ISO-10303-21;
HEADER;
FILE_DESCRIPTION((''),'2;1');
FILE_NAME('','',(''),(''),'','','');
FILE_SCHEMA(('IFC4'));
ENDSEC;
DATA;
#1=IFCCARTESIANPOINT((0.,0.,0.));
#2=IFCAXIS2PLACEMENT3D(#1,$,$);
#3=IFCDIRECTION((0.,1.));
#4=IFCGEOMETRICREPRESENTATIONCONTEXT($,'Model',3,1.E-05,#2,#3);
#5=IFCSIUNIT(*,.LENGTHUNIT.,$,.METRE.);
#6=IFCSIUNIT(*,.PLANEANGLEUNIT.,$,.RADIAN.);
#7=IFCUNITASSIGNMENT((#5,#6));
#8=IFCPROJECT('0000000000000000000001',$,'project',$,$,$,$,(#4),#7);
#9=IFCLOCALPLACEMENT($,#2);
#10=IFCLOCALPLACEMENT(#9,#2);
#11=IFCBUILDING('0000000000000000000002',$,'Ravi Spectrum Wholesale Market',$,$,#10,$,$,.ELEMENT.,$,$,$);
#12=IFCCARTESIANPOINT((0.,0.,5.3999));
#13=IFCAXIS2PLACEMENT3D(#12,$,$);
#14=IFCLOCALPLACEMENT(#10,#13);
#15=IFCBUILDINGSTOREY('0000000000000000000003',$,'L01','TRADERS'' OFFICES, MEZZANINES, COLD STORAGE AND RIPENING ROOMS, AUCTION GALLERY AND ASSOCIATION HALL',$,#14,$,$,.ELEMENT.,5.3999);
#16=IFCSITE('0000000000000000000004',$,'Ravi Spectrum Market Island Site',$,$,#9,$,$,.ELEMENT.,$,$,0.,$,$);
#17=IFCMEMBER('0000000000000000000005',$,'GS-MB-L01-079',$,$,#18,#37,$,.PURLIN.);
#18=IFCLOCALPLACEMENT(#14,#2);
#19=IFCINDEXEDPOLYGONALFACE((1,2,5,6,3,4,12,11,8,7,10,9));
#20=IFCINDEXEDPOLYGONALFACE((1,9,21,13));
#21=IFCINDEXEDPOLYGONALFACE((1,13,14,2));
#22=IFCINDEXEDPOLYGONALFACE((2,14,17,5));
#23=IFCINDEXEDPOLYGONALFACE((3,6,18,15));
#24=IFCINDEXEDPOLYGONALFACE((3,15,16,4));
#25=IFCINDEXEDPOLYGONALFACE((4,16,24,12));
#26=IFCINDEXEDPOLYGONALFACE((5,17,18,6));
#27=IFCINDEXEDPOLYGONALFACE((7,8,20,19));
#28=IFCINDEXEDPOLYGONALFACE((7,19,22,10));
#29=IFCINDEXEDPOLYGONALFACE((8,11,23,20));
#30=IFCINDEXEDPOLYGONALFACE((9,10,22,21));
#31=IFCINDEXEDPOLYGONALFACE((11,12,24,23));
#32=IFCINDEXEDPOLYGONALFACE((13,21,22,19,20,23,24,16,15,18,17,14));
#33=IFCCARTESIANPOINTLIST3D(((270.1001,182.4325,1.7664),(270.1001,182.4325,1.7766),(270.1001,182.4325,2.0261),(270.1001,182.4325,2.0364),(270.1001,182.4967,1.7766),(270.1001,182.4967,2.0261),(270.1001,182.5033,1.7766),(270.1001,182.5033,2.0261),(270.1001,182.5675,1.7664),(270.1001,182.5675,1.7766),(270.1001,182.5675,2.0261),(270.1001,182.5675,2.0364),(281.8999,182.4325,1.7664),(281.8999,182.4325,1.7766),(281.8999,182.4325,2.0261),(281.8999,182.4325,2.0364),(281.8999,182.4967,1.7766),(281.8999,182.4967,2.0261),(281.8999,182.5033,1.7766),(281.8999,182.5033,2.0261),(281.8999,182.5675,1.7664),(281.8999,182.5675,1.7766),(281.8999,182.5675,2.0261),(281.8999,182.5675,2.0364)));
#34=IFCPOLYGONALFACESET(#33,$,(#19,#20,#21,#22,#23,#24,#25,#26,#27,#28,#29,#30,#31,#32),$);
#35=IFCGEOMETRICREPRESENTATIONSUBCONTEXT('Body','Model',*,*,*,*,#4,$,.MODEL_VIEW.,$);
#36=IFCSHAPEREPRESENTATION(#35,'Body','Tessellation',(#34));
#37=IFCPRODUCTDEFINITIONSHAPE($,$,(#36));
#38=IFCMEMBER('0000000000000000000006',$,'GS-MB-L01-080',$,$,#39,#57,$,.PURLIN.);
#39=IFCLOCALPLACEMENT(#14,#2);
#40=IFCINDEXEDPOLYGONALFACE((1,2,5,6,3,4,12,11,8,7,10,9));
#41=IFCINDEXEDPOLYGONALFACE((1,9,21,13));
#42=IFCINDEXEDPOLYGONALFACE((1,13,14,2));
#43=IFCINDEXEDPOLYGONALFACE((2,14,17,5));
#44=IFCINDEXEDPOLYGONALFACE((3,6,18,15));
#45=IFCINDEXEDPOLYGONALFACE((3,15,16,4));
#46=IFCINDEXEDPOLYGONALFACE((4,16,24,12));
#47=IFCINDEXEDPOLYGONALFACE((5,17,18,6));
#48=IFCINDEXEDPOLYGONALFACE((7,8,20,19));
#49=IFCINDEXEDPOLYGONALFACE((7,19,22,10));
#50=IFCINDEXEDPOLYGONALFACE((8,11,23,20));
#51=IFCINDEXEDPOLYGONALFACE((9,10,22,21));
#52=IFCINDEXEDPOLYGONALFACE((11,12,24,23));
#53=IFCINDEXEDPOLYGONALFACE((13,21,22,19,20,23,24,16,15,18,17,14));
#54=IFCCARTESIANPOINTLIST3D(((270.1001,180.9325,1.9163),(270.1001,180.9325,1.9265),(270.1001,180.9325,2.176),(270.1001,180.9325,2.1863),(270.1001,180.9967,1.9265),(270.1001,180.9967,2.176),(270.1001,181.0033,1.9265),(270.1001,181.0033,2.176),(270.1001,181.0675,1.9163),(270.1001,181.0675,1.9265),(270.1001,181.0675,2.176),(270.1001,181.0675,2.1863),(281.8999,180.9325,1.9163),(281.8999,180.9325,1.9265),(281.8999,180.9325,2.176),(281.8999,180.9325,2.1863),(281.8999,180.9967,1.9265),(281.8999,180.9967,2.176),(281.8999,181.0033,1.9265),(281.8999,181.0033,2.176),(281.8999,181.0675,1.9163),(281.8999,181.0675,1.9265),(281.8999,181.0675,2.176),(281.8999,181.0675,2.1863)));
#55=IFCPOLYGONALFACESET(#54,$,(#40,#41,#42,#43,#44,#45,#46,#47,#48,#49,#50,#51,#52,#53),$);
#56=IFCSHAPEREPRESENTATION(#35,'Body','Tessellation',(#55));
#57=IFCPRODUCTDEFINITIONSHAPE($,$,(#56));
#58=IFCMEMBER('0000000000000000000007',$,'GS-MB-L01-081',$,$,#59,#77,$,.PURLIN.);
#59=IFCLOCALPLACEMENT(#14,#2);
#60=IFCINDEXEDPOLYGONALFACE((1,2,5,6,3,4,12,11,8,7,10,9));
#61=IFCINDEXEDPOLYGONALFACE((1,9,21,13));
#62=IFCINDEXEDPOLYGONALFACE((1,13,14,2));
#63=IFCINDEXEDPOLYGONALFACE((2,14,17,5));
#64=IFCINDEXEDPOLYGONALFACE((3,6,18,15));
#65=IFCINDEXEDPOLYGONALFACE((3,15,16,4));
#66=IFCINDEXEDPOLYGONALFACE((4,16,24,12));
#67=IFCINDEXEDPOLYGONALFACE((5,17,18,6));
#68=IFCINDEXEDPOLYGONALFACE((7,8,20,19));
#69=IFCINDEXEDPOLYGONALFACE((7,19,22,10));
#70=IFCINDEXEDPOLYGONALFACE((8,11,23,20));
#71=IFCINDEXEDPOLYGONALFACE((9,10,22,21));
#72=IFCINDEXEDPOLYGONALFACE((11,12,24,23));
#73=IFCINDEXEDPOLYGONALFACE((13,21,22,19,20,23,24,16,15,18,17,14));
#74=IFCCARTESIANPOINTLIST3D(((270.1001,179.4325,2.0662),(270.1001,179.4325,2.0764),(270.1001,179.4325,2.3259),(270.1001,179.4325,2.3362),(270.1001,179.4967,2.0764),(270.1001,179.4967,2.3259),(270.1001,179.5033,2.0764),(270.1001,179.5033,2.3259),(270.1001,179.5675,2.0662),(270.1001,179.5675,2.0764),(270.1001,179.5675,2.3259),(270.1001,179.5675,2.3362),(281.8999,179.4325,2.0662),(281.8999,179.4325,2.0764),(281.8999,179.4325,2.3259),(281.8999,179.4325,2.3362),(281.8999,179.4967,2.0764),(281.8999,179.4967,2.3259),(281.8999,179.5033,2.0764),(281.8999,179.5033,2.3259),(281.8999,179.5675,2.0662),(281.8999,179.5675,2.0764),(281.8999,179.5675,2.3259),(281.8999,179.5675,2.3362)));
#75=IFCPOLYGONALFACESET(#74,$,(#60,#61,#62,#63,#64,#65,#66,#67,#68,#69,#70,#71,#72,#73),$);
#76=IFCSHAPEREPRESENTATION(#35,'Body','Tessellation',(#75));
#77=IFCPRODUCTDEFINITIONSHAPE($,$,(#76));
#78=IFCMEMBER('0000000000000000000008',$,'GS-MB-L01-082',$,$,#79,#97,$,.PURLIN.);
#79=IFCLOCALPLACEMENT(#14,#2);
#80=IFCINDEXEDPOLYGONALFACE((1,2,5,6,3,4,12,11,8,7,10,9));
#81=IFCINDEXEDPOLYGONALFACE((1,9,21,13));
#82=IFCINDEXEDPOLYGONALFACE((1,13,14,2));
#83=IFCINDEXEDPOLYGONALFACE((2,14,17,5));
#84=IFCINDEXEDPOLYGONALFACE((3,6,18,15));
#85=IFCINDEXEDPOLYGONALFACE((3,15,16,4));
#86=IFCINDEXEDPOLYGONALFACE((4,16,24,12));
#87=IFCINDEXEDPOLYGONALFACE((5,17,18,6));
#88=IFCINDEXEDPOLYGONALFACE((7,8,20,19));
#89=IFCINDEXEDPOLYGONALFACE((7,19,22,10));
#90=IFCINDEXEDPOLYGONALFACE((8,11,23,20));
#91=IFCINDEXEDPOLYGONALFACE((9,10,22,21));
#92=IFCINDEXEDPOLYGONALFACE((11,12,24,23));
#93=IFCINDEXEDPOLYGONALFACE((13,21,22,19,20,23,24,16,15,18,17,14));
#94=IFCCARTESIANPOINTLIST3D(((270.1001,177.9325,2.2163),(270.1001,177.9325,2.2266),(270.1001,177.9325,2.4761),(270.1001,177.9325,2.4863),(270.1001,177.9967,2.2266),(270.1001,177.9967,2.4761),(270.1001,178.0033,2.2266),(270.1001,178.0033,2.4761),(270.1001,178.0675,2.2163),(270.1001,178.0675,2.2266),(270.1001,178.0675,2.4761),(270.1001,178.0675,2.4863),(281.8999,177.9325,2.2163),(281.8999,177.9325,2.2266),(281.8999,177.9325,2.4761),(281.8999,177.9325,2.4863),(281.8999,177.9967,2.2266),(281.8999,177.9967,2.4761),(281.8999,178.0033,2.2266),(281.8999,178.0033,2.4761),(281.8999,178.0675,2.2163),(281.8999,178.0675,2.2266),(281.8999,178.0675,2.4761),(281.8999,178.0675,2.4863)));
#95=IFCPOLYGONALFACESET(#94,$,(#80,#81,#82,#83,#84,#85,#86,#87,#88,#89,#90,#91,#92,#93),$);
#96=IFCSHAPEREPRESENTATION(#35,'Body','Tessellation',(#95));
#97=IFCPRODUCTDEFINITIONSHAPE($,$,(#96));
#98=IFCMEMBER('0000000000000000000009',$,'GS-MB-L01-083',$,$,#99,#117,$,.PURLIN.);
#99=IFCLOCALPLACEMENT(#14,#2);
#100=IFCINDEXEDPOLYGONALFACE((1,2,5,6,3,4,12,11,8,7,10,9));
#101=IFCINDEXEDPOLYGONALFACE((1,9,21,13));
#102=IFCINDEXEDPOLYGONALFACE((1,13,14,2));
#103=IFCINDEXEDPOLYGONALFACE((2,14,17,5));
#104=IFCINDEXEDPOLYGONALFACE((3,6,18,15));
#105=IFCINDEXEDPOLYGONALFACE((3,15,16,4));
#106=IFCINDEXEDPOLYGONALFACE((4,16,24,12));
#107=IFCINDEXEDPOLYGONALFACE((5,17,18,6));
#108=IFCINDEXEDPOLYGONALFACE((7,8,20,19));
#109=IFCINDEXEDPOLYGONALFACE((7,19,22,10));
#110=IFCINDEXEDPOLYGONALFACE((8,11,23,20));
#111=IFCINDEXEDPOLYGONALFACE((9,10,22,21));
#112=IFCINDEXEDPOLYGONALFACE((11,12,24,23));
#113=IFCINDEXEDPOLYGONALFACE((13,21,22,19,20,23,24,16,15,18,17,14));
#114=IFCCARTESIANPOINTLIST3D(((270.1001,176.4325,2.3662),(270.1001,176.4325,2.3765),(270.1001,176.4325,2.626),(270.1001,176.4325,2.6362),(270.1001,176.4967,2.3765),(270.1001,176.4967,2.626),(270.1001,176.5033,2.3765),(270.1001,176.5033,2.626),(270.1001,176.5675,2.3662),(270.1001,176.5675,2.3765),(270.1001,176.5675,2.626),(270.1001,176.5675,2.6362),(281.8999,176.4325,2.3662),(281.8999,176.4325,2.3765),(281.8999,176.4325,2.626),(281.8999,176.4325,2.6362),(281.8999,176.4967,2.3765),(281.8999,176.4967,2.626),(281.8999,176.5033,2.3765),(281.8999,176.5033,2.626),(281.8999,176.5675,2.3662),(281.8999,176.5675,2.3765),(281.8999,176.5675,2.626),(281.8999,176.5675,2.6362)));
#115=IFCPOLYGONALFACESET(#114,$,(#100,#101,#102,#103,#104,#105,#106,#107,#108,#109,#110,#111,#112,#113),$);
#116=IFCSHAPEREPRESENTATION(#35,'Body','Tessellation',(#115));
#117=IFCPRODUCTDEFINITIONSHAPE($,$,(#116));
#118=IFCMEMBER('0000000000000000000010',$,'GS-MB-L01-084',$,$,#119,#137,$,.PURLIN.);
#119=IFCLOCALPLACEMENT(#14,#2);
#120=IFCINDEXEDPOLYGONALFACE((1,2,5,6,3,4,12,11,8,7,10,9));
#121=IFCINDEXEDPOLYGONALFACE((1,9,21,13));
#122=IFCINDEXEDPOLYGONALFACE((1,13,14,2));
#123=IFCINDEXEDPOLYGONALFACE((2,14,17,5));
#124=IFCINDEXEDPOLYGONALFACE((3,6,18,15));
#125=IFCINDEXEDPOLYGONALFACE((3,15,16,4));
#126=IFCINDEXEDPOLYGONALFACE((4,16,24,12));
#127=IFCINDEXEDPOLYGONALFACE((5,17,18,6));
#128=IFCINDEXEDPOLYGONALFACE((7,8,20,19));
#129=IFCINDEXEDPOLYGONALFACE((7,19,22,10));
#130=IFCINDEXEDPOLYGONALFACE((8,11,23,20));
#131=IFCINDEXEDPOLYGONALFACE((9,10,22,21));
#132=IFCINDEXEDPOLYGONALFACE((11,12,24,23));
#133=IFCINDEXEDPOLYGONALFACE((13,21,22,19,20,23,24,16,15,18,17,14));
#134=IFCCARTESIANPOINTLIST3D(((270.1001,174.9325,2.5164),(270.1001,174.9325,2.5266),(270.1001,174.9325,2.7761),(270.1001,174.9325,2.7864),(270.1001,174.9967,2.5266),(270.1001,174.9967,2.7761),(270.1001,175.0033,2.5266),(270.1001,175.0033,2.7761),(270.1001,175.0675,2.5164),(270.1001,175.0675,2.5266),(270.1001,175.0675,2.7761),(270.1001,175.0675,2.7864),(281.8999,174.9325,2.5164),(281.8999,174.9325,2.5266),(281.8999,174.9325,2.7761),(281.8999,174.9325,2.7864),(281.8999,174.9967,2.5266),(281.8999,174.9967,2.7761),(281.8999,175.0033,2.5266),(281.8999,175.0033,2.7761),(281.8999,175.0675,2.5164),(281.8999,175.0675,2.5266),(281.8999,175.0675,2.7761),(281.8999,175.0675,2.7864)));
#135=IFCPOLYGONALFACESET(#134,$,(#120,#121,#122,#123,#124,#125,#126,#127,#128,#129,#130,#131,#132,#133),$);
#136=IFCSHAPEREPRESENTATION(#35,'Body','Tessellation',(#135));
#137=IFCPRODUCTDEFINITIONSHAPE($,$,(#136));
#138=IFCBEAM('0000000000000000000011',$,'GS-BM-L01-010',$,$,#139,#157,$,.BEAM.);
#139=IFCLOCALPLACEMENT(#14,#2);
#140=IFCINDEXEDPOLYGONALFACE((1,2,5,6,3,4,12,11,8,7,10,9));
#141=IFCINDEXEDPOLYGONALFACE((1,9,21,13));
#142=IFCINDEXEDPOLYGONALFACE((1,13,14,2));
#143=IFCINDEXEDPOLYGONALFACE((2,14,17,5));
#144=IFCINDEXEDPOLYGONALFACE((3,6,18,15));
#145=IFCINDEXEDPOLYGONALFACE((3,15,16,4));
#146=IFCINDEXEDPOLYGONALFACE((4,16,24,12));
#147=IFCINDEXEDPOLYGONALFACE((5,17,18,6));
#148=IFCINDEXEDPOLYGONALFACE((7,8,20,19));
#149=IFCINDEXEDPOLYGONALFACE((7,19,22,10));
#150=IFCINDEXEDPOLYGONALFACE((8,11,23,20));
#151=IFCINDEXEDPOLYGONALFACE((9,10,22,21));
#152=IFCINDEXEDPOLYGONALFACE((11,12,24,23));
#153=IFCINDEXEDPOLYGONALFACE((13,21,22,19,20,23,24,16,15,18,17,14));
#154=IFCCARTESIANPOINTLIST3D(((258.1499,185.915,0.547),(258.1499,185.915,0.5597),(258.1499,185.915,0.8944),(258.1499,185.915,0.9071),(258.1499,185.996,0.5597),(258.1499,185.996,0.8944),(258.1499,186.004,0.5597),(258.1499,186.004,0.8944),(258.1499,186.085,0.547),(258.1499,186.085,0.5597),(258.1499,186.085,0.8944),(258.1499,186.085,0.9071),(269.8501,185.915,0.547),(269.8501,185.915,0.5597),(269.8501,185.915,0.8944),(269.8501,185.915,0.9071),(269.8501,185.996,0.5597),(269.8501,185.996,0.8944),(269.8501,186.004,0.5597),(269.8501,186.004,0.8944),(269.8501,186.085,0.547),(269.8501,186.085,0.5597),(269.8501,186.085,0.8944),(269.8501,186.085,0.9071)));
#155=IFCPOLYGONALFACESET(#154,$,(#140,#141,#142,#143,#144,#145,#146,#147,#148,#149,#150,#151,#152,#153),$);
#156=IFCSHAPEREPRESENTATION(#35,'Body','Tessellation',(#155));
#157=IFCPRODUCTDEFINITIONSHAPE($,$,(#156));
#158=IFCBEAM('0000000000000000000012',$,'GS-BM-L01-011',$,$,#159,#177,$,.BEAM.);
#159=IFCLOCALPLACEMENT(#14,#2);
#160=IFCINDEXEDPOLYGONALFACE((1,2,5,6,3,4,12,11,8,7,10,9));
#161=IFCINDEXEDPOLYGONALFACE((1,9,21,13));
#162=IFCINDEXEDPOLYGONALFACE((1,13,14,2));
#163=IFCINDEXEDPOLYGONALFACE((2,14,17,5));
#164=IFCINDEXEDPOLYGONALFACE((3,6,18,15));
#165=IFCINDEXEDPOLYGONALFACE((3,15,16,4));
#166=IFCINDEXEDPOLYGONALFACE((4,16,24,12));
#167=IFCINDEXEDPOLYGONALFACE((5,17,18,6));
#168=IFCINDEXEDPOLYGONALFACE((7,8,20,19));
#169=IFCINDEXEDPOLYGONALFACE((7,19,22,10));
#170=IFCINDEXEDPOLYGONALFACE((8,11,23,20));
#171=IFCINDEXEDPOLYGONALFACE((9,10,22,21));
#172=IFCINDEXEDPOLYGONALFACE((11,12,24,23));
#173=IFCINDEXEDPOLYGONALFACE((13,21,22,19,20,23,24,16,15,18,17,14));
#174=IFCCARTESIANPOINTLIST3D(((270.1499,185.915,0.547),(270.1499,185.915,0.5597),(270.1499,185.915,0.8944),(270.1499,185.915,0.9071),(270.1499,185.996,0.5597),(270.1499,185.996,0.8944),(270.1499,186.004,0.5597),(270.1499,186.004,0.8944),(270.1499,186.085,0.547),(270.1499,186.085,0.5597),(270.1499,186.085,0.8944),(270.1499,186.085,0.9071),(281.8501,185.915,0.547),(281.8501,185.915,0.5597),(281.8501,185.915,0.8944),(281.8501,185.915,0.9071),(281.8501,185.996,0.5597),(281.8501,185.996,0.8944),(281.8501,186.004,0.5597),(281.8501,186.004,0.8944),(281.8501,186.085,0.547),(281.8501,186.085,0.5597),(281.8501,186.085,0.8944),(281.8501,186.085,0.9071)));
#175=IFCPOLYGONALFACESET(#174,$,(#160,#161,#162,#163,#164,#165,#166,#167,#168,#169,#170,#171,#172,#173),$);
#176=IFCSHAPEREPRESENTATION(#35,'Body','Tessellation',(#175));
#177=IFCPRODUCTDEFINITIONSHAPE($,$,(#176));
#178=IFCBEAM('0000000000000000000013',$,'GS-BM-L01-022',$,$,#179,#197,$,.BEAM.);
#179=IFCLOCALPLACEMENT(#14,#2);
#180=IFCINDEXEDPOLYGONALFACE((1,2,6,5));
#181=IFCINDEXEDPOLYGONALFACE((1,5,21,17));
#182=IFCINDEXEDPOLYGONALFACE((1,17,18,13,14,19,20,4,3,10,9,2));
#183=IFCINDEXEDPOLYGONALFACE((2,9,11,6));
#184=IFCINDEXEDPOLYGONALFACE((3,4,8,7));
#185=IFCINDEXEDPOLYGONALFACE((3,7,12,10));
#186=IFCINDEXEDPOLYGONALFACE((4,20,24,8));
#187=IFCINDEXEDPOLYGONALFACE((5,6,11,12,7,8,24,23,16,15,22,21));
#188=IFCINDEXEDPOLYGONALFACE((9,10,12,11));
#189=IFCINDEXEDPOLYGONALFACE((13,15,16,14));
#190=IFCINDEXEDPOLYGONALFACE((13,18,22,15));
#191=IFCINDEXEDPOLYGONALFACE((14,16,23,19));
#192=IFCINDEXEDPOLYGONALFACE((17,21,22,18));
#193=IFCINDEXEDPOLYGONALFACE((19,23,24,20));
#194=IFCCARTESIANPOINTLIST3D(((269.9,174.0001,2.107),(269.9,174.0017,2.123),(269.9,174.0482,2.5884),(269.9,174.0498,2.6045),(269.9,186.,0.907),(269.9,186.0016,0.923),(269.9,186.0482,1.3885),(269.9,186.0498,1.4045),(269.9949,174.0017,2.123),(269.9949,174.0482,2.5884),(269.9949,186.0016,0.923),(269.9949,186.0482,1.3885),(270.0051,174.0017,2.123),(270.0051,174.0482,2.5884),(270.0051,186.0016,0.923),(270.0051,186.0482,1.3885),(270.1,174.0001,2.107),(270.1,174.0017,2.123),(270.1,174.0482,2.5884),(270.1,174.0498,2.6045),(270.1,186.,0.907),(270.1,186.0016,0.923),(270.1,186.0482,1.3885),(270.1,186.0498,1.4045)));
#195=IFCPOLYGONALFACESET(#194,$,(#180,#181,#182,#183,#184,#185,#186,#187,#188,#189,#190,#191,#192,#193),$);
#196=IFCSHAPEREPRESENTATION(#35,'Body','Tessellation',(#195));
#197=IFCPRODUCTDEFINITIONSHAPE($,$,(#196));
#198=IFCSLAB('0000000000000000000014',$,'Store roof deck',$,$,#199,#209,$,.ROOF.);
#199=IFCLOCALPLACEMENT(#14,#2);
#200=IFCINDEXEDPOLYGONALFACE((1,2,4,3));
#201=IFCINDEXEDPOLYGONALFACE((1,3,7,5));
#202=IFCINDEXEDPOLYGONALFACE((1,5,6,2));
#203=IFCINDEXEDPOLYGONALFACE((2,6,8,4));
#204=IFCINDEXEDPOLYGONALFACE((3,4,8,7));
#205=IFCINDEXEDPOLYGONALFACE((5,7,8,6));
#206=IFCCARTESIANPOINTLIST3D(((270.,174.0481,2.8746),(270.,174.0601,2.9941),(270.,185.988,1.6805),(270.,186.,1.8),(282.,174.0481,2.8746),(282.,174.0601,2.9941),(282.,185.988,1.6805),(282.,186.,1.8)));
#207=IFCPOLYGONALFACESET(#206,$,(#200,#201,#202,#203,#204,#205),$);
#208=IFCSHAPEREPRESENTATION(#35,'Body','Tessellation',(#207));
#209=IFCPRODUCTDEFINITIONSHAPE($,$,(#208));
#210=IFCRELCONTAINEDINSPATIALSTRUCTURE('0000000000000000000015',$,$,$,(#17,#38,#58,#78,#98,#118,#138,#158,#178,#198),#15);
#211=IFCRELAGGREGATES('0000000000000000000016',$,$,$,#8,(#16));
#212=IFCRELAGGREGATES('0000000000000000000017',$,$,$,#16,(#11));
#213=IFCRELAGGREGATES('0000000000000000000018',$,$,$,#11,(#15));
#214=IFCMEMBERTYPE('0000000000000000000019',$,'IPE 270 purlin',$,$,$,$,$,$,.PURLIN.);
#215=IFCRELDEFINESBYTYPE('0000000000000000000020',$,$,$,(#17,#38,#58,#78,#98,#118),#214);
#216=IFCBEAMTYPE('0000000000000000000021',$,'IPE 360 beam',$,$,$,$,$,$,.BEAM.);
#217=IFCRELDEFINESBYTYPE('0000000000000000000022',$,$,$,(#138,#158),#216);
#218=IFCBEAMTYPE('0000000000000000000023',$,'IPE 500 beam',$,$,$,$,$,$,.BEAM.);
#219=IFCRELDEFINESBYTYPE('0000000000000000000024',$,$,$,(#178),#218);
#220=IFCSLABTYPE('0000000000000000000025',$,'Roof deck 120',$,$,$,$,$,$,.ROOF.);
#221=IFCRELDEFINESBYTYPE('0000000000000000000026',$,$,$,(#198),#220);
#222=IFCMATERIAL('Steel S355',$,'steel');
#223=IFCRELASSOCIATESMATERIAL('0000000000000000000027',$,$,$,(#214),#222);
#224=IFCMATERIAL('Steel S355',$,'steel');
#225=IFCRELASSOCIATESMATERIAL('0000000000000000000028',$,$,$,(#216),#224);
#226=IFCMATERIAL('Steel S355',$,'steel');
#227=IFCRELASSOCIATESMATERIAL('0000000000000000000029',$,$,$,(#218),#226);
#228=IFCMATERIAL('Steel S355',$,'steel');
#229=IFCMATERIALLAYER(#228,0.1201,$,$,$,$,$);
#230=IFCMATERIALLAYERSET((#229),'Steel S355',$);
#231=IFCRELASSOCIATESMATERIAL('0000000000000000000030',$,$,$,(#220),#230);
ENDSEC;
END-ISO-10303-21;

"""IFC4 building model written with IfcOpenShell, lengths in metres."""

from ifc_helpers import new_model, si_unit, direction, frame, origin, origin_2d, place, context, subcontext, project, spatial, polyline, i_section, outline, extrude, material, layer, layer_set, material_profile, profile_set, type_object, element, save


model = new_model("IFC4")

# Units and contexts
model_context = context("Model", 3, precision=1e-05, world=origin(), true_north=direction((0.0, 1.0)))
body_context = subcontext(model_context, "Body", "Model", "MODEL_VIEW")
ifc_project = project(units=[si_unit("LENGTHUNIT", "METRE"), si_unit("PLANEANGLEUNIT", "RADIAN")], contexts=[model_context])

# Site, building, storey
site_placement = place(None, origin())
site = spatial("IfcSite", under=ifc_project, at=site_placement, Name="Ravi Spectrum Market Island Site", CompositionType="ELEMENT", RefElevation=0.0)
building_placement = place(site_placement, origin())
building = spatial("IfcBuilding", under=site, at=building_placement, Name="Ravi Spectrum Wholesale Market", CompositionType="ELEMENT")
storey_placement = place(building_placement, frame((0.0, 0.0, 5.3999)))
storey = spatial("IfcBuildingStorey", under=building, at=storey_placement, Name="L01", Description="TRADERS' OFFICES, MEZZANINES, COLD STORAGE AND RIPENING ROOMS, AUCTION GALLERY AND ASSOCIATION HALL", CompositionType="ELEMENT", Elevation=5.3999)

# Members
ifc_material_1 = material(Name="Steel S355", Category="steel")
ifc_material_profile_1 = material_profile(ifc_material_1, i_section(OverallWidth=0.135, OverallDepth=0.27, WebThickness=0.0066, FlangeThickness=0.0103, at=origin_2d()))
ifc_profile_set_1 = profile_set([ifc_material_profile_1], Name="Steel S355")
member_type = type_object("IfcMemberType", Name="IPE 270 purlin", PredefinedType="PURLIN", material=ifc_profile_set_1)
for number, where, z_axis, x_axis, name in (
    (1, (270.1001, 182.5, 1.9014), (1.0, 0.0, 0.0), (0.0, 1.0, 0.0), "GS-MB-L01-079"),
    (2, (270.1001, 181.0, 2.0513), (1.0, 0.0, 0.0), (0.0, 1.0, 0.0), "GS-MB-L01-080"),
    (3, (270.1001, 179.5, 2.2012), (1.0, 0.0, 0.0), (0.0, 1.0, 0.0), "GS-MB-L01-081"),
    (4, (270.1001, 178.0, 2.3513), (1.0, 0.0, 0.0), (0.0, 1.0, 0.0), "GS-MB-L01-082"),
    (5, (270.1001, 176.5, 2.5012), (1.0, 0.0, 0.0), (0.0, 1.0, 0.0), "GS-MB-L01-083"),
    (6, (270.1001, 175.0, 2.6514), (1.0, 0.0, 0.0), (0.0, 1.0, 0.0), "GS-MB-L01-084"),
):
    element("IfcMember", number, at=place(storey_placement, frame(where, z_axis=z_axis, x_axis=x_axis)), inside=storey, type_object=member_type, Name=name, PredefinedType="PURLIN", context=body_context, shape_type="SweptSolid", body=[
        extrude(i_section(OverallWidth=0.135, OverallDepth=0.27, WebThickness=0.0066, FlangeThickness=0.0103, at=origin_2d()), origin(), (0.0, 0.0, 1.0), 11.7998),
    ])

# Beams
ifc_material_2 = material(Name="Steel S355", Category="steel")
ifc_material_profile_2 = material_profile(ifc_material_2, i_section(OverallWidth=0.1699, OverallDepth=0.3601, WebThickness=0.0081, FlangeThickness=0.0127, at=origin_2d()))
ifc_profile_set_2 = profile_set([ifc_material_profile_2], Name="Steel S355")
beam_type_1 = type_object("IfcBeamType", Name="IPE 360 beam", PredefinedType="BEAM", material=ifc_profile_set_2)
for number, where, z_axis, x_axis, name in (
    (7, (258.1499, 186.0, 0.7271), (1.0, 0.0, 0.0), (0.0, 1.0, 0.0), "GS-BM-L01-010"),
    (8, (270.1499, 186.0, 0.7271), (1.0, 0.0, 0.0), (0.0, 1.0, 0.0), "GS-BM-L01-011"),
):
    element("IfcBeam", number, at=place(storey_placement, frame(where, z_axis=z_axis, x_axis=x_axis)), inside=storey, type_object=beam_type_1, Name=name, PredefinedType="BEAM", context=body_context, shape_type="SweptSolid", body=[
        extrude(i_section(OverallWidth=0.1699, OverallDepth=0.3601, WebThickness=0.0081, FlangeThickness=0.0127, at=origin_2d()), origin(), (0.0, 0.0, 1.0), 11.7002),
    ])
ifc_material_3 = material(Name="Steel S355", Category="steel")
ifc_material_profile_3 = material_profile(ifc_material_3, i_section(OverallWidth=0.2, OverallDepth=0.5, WebThickness=0.0103, FlangeThickness=0.0161, at=origin_2d()))
ifc_profile_set_3 = profile_set([ifc_material_profile_3], Name="Steel S355")
beam_type_2 = type_object("IfcBeamType", Name="IPE 500 beam", PredefinedType="BEAM", material=ifc_profile_set_3)
beam_placement = place(storey_placement, frame((270.0, 186.0249, 1.1558), z_axis=(0.0, -0.995038, 0.0995), x_axis=(1.0, 0.0, 0.0)))
element("IfcBeam", 9, at=beam_placement, inside=storey, type_object=beam_type_2, Name="GS-BM-L01-022", PredefinedType="BEAM", context=body_context, shape_type="SweptSolid", body=[
    extrude(i_section(OverallWidth=0.2, OverallDepth=0.5, WebThickness=0.0103, FlangeThickness=0.0161, at=origin_2d()), origin(), (0.0, 0.0, 1.0), 12.0598),
])

# Slab
ifc_material_4 = material(Name="Steel S355", Category="steel")
ifc_layer_1 = layer(ifc_material_4, 0.1201)
ifc_layer_set_1 = layer_set([ifc_layer_1], Name="Steel S355")
slab_type = type_object("IfcSlabType", Name="Roof deck 120", PredefinedType="ROOF", material=ifc_layer_set_1)
slab_placement = place(storey_placement, frame((270.0, 186.0, 1.8), z_axis=(0.0, 0.099512, 0.995036), x_axis=(1.0, 0.0, 0.0)))
element("IfcSlab", 10, at=slab_placement, inside=storey, type_object=slab_type, Name="Store roof deck", PredefinedType="ROOF", context=body_context, shape_type="SweptSolid", body=[
    extrude(outline(polyline([(0.0, 0.0), (12.0, 0.0), (12.0, -11.9995), (0.0, -11.9995), (0.0, 0.0)])), origin(), (0.0, 0.0, -1.0), 0.1201),
])

save(model, "model.ifc")
